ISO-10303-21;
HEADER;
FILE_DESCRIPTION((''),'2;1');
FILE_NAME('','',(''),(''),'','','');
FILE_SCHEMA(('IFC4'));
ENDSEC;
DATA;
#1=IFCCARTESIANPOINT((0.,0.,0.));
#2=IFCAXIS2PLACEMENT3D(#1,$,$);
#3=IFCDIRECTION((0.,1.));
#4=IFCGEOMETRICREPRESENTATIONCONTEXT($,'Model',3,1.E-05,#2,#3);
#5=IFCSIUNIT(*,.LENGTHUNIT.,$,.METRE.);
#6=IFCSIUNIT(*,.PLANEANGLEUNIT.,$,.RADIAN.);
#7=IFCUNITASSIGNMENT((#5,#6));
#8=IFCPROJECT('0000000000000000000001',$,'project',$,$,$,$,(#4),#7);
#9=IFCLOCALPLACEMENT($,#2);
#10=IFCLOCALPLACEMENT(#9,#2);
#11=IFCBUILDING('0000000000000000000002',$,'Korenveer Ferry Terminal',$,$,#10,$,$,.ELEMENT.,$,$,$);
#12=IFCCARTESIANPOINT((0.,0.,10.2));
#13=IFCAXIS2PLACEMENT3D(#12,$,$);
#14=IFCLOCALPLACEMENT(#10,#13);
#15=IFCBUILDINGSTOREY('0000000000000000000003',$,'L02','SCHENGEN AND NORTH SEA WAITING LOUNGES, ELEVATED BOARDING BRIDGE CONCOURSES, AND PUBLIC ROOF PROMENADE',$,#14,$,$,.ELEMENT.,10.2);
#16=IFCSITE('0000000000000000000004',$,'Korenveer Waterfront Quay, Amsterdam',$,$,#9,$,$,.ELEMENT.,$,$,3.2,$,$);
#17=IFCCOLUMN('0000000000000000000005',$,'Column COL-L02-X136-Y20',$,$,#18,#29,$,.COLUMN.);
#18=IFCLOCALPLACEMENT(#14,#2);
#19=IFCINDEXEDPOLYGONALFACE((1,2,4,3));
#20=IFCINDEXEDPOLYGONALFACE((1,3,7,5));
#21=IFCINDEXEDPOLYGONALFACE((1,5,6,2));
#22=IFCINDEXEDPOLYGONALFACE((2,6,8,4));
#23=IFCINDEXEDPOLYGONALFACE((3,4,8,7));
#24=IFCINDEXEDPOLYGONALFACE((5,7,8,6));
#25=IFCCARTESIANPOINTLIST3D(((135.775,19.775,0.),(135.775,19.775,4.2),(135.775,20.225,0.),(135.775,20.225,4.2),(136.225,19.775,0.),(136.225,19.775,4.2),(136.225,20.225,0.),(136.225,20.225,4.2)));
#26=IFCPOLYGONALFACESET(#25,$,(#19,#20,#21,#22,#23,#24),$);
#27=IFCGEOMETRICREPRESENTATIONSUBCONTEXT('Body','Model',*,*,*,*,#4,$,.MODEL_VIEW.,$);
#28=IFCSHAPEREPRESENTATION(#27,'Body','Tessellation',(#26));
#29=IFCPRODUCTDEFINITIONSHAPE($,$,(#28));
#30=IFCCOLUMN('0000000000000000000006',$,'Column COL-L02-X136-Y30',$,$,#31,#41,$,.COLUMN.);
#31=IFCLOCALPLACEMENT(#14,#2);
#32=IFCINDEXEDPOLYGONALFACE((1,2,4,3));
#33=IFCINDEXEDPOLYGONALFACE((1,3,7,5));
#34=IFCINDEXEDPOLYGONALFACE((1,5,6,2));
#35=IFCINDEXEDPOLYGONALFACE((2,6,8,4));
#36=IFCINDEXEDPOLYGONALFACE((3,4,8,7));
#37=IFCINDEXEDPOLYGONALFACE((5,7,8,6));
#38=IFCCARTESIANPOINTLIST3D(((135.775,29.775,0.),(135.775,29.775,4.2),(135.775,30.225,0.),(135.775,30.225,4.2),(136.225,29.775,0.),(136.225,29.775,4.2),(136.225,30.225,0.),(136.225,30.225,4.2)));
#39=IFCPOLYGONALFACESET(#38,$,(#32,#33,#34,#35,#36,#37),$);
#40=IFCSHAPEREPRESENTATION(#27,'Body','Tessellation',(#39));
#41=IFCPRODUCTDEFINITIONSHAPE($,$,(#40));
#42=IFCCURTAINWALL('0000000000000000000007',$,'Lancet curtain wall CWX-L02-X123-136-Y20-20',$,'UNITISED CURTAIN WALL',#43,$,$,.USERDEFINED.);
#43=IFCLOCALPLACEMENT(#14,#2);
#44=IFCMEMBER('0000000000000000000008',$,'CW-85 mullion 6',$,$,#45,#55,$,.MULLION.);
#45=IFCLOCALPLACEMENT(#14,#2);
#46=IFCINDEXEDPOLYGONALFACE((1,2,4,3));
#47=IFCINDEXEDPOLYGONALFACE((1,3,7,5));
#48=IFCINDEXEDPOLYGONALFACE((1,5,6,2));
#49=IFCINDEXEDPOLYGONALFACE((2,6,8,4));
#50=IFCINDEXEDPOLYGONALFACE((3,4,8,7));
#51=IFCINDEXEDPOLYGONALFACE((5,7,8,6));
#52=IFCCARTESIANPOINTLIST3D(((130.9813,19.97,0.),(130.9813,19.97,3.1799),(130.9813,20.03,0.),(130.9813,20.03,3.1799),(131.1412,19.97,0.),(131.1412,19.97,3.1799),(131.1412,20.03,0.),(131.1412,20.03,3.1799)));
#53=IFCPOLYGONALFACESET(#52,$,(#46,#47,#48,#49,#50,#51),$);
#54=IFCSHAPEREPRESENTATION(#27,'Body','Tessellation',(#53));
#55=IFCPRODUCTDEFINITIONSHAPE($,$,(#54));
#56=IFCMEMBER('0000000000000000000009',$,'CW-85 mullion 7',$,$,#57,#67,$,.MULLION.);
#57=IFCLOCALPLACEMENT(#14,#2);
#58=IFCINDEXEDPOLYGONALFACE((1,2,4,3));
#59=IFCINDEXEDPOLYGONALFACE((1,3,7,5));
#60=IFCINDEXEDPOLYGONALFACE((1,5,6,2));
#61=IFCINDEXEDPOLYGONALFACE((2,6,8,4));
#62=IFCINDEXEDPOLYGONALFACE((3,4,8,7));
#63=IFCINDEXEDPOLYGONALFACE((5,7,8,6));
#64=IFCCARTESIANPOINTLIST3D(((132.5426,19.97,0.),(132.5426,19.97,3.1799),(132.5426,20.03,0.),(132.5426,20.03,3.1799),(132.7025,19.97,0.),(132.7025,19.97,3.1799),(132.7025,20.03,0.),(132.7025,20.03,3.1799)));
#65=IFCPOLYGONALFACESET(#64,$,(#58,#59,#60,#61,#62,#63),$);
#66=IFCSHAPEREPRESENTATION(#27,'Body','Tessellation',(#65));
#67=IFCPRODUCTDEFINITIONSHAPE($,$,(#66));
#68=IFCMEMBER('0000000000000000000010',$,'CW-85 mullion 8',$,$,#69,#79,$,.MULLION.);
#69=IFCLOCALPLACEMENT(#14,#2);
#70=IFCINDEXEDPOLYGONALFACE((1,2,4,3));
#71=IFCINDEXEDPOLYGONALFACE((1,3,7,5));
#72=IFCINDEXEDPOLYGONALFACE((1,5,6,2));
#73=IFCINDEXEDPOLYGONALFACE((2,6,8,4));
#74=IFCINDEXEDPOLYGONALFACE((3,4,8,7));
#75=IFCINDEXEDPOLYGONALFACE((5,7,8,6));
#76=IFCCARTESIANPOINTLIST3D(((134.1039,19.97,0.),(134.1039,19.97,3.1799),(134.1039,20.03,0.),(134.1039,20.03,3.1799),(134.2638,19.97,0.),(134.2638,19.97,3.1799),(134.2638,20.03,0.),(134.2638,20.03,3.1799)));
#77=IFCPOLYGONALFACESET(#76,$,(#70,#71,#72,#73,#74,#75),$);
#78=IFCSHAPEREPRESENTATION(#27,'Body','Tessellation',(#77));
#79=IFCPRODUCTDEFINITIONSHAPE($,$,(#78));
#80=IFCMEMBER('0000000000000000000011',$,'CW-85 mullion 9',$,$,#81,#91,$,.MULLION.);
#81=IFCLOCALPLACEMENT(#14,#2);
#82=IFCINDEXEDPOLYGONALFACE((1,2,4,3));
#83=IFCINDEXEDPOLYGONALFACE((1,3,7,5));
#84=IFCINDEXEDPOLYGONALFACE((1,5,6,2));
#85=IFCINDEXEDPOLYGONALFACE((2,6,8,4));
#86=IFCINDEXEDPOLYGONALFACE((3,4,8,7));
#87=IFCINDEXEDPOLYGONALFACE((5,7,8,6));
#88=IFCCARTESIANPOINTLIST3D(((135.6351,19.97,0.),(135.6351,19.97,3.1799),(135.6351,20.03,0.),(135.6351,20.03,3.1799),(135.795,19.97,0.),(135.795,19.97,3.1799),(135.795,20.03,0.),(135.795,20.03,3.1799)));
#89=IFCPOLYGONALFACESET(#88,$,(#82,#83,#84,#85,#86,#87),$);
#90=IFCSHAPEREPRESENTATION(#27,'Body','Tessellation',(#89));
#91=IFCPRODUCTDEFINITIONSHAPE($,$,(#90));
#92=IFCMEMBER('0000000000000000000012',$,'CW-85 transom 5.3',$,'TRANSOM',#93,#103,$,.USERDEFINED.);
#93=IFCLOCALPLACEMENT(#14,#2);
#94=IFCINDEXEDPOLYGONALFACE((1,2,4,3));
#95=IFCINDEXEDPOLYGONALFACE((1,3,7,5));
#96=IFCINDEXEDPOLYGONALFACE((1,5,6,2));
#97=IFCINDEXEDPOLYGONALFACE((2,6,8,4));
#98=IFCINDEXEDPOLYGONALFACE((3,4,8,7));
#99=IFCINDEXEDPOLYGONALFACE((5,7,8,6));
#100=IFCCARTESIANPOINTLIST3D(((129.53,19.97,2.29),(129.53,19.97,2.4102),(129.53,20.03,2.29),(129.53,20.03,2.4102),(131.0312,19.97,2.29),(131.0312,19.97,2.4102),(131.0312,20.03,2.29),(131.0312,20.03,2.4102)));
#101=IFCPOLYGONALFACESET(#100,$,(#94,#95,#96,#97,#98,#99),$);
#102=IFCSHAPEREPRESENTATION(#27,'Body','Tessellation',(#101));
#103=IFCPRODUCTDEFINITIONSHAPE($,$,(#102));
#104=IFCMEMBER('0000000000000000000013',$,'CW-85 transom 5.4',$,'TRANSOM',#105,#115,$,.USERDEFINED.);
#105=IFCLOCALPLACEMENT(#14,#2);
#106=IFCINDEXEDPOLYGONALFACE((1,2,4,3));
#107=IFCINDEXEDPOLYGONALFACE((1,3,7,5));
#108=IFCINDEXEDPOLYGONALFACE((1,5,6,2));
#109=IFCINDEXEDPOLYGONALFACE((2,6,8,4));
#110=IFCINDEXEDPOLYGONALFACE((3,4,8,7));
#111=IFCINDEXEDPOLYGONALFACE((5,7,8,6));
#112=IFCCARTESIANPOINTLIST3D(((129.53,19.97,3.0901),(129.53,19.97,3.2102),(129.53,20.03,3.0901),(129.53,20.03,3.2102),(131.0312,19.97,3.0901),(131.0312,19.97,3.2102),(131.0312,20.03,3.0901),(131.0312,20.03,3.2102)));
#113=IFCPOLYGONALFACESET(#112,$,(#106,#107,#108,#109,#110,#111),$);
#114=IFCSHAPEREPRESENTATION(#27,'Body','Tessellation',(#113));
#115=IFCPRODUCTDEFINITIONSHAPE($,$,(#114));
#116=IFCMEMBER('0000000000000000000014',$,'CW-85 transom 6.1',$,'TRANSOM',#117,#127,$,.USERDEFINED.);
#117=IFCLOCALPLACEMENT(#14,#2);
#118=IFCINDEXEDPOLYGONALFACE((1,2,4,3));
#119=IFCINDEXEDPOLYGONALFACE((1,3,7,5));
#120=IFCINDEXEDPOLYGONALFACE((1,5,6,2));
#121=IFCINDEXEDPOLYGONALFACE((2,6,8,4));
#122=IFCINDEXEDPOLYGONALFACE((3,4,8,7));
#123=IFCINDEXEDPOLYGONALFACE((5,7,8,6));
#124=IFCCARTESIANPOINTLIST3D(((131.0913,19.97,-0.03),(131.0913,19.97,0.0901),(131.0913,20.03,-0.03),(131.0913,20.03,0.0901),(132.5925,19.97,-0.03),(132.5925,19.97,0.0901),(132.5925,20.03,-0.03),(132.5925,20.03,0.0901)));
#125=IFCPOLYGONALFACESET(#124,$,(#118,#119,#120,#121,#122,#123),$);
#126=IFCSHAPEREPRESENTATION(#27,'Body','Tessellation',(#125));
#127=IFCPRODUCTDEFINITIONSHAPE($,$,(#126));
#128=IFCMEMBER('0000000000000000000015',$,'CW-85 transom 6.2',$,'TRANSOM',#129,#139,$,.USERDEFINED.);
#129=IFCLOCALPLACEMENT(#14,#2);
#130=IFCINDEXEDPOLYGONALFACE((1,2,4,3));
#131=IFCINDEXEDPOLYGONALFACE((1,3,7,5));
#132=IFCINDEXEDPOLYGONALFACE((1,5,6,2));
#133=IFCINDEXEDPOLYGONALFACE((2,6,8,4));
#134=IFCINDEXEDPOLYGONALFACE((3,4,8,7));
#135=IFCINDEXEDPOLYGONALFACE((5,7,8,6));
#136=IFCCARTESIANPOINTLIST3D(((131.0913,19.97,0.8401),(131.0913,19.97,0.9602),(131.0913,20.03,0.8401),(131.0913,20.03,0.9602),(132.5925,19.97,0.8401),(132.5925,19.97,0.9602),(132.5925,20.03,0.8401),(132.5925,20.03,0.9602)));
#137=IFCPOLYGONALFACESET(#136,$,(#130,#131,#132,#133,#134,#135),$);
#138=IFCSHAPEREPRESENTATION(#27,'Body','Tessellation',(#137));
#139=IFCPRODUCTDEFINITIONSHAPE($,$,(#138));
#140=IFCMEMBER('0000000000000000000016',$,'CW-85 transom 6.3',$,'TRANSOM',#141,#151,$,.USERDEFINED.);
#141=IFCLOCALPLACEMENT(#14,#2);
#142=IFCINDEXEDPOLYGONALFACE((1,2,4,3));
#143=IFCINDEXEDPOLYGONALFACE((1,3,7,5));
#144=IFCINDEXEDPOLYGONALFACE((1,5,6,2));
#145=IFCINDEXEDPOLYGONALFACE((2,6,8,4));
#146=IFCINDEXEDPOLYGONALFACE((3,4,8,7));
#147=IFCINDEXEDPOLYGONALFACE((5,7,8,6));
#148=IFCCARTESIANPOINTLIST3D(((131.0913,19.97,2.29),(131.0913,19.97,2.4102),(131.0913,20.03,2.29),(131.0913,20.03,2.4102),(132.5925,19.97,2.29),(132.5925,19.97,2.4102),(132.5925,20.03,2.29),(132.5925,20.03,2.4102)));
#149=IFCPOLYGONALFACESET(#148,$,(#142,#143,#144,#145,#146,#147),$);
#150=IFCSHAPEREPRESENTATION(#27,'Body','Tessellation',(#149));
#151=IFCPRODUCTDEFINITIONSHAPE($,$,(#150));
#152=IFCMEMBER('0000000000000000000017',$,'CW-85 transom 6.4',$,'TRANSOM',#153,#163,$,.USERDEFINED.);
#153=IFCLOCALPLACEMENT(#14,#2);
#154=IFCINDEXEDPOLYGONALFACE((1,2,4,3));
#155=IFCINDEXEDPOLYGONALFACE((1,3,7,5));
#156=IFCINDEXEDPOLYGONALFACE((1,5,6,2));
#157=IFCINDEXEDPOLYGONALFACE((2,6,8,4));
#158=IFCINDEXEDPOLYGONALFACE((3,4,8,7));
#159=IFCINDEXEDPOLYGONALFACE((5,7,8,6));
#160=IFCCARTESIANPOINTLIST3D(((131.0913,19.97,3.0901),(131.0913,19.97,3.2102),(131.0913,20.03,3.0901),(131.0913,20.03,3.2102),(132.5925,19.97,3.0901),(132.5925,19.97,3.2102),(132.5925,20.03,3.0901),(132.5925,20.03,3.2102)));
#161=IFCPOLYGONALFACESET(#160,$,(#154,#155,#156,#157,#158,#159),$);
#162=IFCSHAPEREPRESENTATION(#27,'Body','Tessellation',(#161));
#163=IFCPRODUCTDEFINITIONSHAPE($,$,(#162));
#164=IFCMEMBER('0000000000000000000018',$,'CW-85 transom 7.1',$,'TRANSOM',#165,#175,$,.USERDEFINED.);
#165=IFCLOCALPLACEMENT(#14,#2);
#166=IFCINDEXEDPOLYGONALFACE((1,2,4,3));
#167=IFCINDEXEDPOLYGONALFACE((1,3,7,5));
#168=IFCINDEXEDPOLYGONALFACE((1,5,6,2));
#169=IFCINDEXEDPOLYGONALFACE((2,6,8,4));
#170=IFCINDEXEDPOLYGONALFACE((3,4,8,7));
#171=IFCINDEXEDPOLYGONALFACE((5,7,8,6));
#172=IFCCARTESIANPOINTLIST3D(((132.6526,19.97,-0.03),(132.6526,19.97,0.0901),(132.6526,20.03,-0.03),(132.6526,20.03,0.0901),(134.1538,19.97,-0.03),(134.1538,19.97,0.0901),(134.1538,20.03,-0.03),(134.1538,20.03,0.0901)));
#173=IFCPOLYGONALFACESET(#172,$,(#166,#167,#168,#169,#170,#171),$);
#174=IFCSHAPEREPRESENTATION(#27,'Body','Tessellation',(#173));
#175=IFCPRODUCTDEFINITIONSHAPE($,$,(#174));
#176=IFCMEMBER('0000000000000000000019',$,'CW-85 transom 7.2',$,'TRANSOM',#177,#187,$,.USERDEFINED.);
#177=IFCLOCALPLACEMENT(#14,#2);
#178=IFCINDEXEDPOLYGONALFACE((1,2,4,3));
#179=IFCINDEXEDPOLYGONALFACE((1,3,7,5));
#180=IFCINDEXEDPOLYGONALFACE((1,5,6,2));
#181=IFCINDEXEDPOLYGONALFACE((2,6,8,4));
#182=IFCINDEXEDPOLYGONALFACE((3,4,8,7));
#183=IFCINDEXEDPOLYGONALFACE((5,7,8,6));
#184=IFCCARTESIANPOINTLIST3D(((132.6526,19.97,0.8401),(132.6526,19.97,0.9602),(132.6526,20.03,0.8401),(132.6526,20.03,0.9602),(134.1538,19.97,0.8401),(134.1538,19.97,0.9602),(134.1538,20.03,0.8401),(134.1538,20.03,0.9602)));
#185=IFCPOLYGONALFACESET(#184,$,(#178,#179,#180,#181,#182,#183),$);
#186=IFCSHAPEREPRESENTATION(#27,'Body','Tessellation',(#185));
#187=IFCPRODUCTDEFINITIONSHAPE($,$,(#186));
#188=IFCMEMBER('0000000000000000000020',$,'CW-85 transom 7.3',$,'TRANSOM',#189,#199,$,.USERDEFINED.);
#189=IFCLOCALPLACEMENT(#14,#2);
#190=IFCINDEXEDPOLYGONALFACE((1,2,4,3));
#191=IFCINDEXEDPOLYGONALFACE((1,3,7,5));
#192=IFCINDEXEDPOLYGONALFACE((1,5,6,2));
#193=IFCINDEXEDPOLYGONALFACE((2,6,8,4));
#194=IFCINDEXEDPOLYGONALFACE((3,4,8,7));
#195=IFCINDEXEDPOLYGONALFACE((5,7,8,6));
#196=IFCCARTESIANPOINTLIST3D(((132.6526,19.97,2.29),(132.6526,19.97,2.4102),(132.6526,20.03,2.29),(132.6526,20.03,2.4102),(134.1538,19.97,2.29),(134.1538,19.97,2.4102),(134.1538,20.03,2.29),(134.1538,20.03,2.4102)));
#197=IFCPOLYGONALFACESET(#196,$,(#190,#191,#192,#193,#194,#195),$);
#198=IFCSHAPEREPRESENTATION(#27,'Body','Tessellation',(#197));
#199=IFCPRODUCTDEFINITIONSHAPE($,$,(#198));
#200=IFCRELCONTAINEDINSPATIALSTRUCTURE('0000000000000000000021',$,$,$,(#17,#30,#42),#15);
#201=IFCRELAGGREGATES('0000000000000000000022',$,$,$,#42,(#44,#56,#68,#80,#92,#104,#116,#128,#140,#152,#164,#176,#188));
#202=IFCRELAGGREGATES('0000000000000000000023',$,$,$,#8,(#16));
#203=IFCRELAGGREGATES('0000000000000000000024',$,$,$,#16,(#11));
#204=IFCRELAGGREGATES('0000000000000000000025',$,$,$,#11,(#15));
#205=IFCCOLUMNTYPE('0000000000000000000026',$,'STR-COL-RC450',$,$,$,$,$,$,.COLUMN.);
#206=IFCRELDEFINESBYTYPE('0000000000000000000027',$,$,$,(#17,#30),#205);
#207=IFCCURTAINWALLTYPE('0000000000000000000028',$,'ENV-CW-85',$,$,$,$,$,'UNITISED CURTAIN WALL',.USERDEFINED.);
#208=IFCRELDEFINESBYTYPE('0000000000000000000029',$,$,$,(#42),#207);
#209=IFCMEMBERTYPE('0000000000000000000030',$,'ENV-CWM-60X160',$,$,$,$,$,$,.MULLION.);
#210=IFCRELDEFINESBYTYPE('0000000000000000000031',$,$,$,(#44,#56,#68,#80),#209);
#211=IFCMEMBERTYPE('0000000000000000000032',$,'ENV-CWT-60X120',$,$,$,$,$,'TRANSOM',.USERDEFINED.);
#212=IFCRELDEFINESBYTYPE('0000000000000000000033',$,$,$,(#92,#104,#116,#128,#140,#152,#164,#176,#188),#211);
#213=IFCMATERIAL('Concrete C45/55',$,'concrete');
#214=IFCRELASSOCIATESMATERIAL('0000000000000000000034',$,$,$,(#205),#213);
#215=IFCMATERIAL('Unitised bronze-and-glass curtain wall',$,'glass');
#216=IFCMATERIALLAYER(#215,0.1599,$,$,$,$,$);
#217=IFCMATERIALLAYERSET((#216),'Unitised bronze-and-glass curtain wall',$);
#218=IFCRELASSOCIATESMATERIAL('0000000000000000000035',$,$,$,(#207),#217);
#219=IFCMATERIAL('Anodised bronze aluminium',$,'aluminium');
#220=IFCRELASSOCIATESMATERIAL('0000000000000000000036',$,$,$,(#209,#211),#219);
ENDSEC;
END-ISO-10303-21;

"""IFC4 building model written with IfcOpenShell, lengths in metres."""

from ifc_helpers import new_model, si_unit, direction, frame, origin, origin_2d, place, context, subcontext, project, spatial, rectangle, extrude, material, layer, layer_set, material_profile, profile_set, type_object, element, aggregate, save


model = new_model("IFC4")

# Units and contexts
model_context = context("Model", 3, precision=1e-05, world=origin(), true_north=direction((0.0, 1.0)))
body_context = subcontext(model_context, "Body", "Model", "MODEL_VIEW")
ifc_project = project(units=[si_unit("LENGTHUNIT", "METRE"), si_unit("PLANEANGLEUNIT", "RADIAN")], contexts=[model_context])

# Site, building, storey
site_placement = place(None, origin())
site = spatial("IfcSite", under=ifc_project, at=site_placement, Name="Korenveer Waterfront Quay, Amsterdam", CompositionType="ELEMENT", RefElevation=3.2)
building_placement = place(site_placement, origin())
building = spatial("IfcBuilding", under=site, at=building_placement, Name="Korenveer Ferry Terminal", CompositionType="ELEMENT")
storey_placement = place(building_placement, frame((0.0, 0.0, 10.2)))
storey = spatial("IfcBuildingStorey", under=building, at=storey_placement, Name="L02", Description="SCHENGEN AND NORTH SEA WAITING LOUNGES, ELEVATED BOARDING BRIDGE CONCOURSES, AND PUBLIC ROOF PROMENADE", CompositionType="ELEMENT", Elevation=10.2)

# Columns
ifc_material_1 = material(Name="Concrete C45/55", Category="concrete")
ifc_material_profile_1 = material_profile(ifc_material_1, rectangle(XDim=0.45, YDim=0.45, at=origin_2d()), Name="RC 450x450")
ifc_profile_set_1 = profile_set([ifc_material_profile_1], Name="Concrete C45/55")
column_type = type_object("IfcColumnType", Name="STR-COL-RC450", PredefinedType="COLUMN", material=ifc_profile_set_1)
for number, where, z_axis, x_axis, name in (
    (1, (136.0, 20.0, 0.0), (0.0, 0.0, 1.0), (1.0, 0.0, 0.0), "Column COL-L02-X136-Y20"),
    (2, (136.0, 30.0, 0.0), (0.0, 0.0, 1.0), (1.0, 0.0, 0.0), "Column COL-L02-X136-Y30"),
):
    element("IfcColumn", number, at=place(storey_placement, frame(where, z_axis=z_axis, x_axis=x_axis)), inside=storey, type_object=column_type, Name=name, PredefinedType="COLUMN", context=body_context, shape_type="SweptSolid", body=[
        extrude(rectangle(XDim=0.45, YDim=0.45, at=origin_2d()), origin(), (0.0, 0.0, 1.0), 4.2),
    ])

# Curtain wall, members
ifc_material_2 = material(Name="Unitised bronze-and-glass curtain wall", Category="glass")
ifc_layer_1 = layer(ifc_material_2, 0.1599)
ifc_layer_set_1 = layer_set([ifc_layer_1], Name="Unitised bronze-and-glass curtain wall")
curtain_wall_type = type_object("IfcCurtainWallType", Name="ENV-CW-85", ElementType="UNITISED CURTAIN WALL", PredefinedType="USERDEFINED", material=ifc_layer_set_1)
curtain_wall_placement = place(storey_placement, frame((123.2549, 20.0, 0.0)))
curtain_wall = element("IfcCurtainWall", 3, at=curtain_wall_placement, inside=storey, type_object=curtain_wall_type, Name="Lancet curtain wall CWX-L02-X123-136-Y20-20", ObjectType="UNITISED CURTAIN WALL", PredefinedType="USERDEFINED")
ifc_material_3 = material(Name="Anodised bronze aluminium", Category="aluminium")
ifc_material_profile_2 = material_profile(ifc_material_3, rectangle(XDim=0.0601, YDim=0.1599, at=origin_2d()), Name="ALU 60x160")
ifc_profile_set_2 = profile_set([ifc_material_profile_2], Name="Anodised bronze aluminium")
member_type_1 = type_object("IfcMemberType", Name="ENV-CWM-60X160", PredefinedType="MULLION", material=ifc_profile_set_2)
member_1_placement = place(storey_placement, frame((131.0613, 20.0, 0.0), z_axis=(0.0, 0.0, 1.0), x_axis=(0.0, 1.0, 0.0)))
member_1 = element("IfcMember", 4, at=member_1_placement, type_object=member_type_1, Name="CW-85 mullion 6", PredefinedType="MULLION", context=body_context, shape_type="SweptSolid", body=[
    extrude(rectangle(XDim=0.0601, YDim=0.1599, at=origin_2d()), origin(), (0.0, 0.0, 1.0), 3.1799),
])
member_2_placement = place(storey_placement, frame((132.6226, 20.0, 0.0), z_axis=(0.0, 0.0, 1.0), x_axis=(0.0, 1.0, 0.0)))
member_2 = element("IfcMember", 5, at=member_2_placement, type_object=member_type_1, Name="CW-85 mullion 7", PredefinedType="MULLION", context=body_context, shape_type="SweptSolid", body=[
    extrude(rectangle(XDim=0.0601, YDim=0.1599, at=origin_2d()), origin(), (0.0, 0.0, 1.0), 3.1799),
])
member_3_placement = place(storey_placement, frame((134.1838, 20.0, 0.0), z_axis=(0.0, 0.0, 1.0), x_axis=(0.0, 1.0, 0.0)))
member_3 = element("IfcMember", 6, at=member_3_placement, type_object=member_type_1, Name="CW-85 mullion 8", PredefinedType="MULLION", context=body_context, shape_type="SweptSolid", body=[
    extrude(rectangle(XDim=0.0601, YDim=0.1599, at=origin_2d()), origin(), (0.0, 0.0, 1.0), 3.1799),
])
member_4_placement = place(storey_placement, frame((135.7151, 20.0, 0.0), z_axis=(0.0, 0.0, 1.0), x_axis=(0.0, 1.0, 0.0)))
member_4 = element("IfcMember", 7, at=member_4_placement, type_object=member_type_1, Name="CW-85 mullion 9", PredefinedType="MULLION", context=body_context, shape_type="SweptSolid", body=[
    extrude(rectangle(XDim=0.0601, YDim=0.1599, at=origin_2d()), origin(), (0.0, 0.0, 1.0), 3.1799),
])
ifc_material_profile_3 = material_profile(ifc_material_3, rectangle(XDim=0.0601, YDim=0.1201, at=origin_2d()), Name="ALU 60x120")
ifc_profile_set_3 = profile_set([ifc_material_profile_3], Name="Anodised bronze aluminium")
member_type_2 = type_object("IfcMemberType", Name="ENV-CWT-60X120", ElementType="TRANSOM", PredefinedType="USERDEFINED", material=ifc_profile_set_3)
member_5_placement = place(storey_placement, frame((129.53, 20.0, 2.3501), z_axis=(1.0, 0.0, 0.0), x_axis=(0.0, 1.0, 0.0)))
member_5 = element("IfcMember", 8, at=member_5_placement, type_object=member_type_2, Name="CW-85 transom 5.3", ObjectType="TRANSOM", PredefinedType="USERDEFINED", context=body_context, shape_type="SweptSolid", body=[
    extrude(rectangle(XDim=0.0601, YDim=0.1201, at=origin_2d()), origin(), (0.0, 0.0, 1.0), 1.5012),
])
member_6_placement = place(storey_placement, frame((129.53, 20.0, 3.1501), z_axis=(1.0, 0.0, 0.0), x_axis=(0.0, 1.0, 0.0)))
member_6 = element("IfcMember", 9, at=member_6_placement, type_object=member_type_2, Name="CW-85 transom 5.4", ObjectType="TRANSOM", PredefinedType="USERDEFINED", context=body_context, shape_type="SweptSolid", body=[
    extrude(rectangle(XDim=0.0601, YDim=0.1201, at=origin_2d()), origin(), (0.0, 0.0, 1.0), 1.5012),
])
member_7_placement = place(storey_placement, frame((131.0913, 20.0, 0.03), z_axis=(1.0, 0.0, 0.0), x_axis=(0.0, 1.0, 0.0)))
member_7 = element("IfcMember", 10, at=member_7_placement, type_object=member_type_2, Name="CW-85 transom 6.1", ObjectType="TRANSOM", PredefinedType="USERDEFINED", context=body_context, shape_type="SweptSolid", body=[
    extrude(rectangle(XDim=0.0601, YDim=0.1201, at=origin_2d()), origin(), (0.0, 0.0, 1.0), 1.5012),
])
member_8_placement = place(storey_placement, frame((131.0913, 20.0, 0.9001), z_axis=(1.0, 0.0, 0.0), x_axis=(0.0, 1.0, 0.0)))
member_8 = element("IfcMember", 11, at=member_8_placement, type_object=member_type_2, Name="CW-85 transom 6.2", ObjectType="TRANSOM", PredefinedType="USERDEFINED", context=body_context, shape_type="SweptSolid", body=[
    extrude(rectangle(XDim=0.0601, YDim=0.1201, at=origin_2d()), origin(), (0.0, 0.0, 1.0), 1.5012),
])
member_9_placement = place(storey_placement, frame((131.0913, 20.0, 2.3501), z_axis=(1.0, 0.0, 0.0), x_axis=(0.0, 1.0, 0.0)))
member_9 = element("IfcMember", 12, at=member_9_placement, type_object=member_type_2, Name="CW-85 transom 6.3", ObjectType="TRANSOM", PredefinedType="USERDEFINED", context=body_context, shape_type="SweptSolid", body=[
    extrude(rectangle(XDim=0.0601, YDim=0.1201, at=origin_2d()), origin(), (0.0, 0.0, 1.0), 1.5012),
])
member_10_placement = place(storey_placement, frame((131.0913, 20.0, 3.1501), z_axis=(1.0, 0.0, 0.0), x_axis=(0.0, 1.0, 0.0)))
member_10 = element("IfcMember", 13, at=member_10_placement, type_object=member_type_2, Name="CW-85 transom 6.4", ObjectType="TRANSOM", PredefinedType="USERDEFINED", context=body_context, shape_type="SweptSolid", body=[
    extrude(rectangle(XDim=0.0601, YDim=0.1201, at=origin_2d()), origin(), (0.0, 0.0, 1.0), 1.5012),
])
member_11_placement = place(storey_placement, frame((132.6526, 20.0, 0.03), z_axis=(1.0, 0.0, 0.0), x_axis=(0.0, 1.0, 0.0)))
member_11 = element("IfcMember", 14, at=member_11_placement, type_object=member_type_2, Name="CW-85 transom 7.1", ObjectType="TRANSOM", PredefinedType="USERDEFINED", context=body_context, shape_type="SweptSolid", body=[
    extrude(rectangle(XDim=0.0601, YDim=0.1201, at=origin_2d()), origin(), (0.0, 0.0, 1.0), 1.5012),
])
member_12_placement = place(storey_placement, frame((132.6526, 20.0, 0.9001), z_axis=(1.0, 0.0, 0.0), x_axis=(0.0, 1.0, 0.0)))
member_12 = element("IfcMember", 15, at=member_12_placement, type_object=member_type_2, Name="CW-85 transom 7.2", ObjectType="TRANSOM", PredefinedType="USERDEFINED", context=body_context, shape_type="SweptSolid", body=[
    extrude(rectangle(XDim=0.0601, YDim=0.1201, at=origin_2d()), origin(), (0.0, 0.0, 1.0), 1.5012),
])
member_13_placement = place(storey_placement, frame((132.6526, 20.0, 2.3501), z_axis=(1.0, 0.0, 0.0), x_axis=(0.0, 1.0, 0.0)))
member_13 = element("IfcMember", 16, at=member_13_placement, type_object=member_type_2, Name="CW-85 transom 7.3", ObjectType="TRANSOM", PredefinedType="USERDEFINED", context=body_context, shape_type="SweptSolid", body=[
    extrude(rectangle(XDim=0.0601, YDim=0.1201, at=origin_2d()), origin(), (0.0, 0.0, 1.0), 1.5012),
])

aggregate(curtain_wall, [member_1, member_2, member_3, member_4, member_5, member_6, member_7, member_8, member_9, member_10, member_11, member_12, member_13])

save(model, "model.ifc")
